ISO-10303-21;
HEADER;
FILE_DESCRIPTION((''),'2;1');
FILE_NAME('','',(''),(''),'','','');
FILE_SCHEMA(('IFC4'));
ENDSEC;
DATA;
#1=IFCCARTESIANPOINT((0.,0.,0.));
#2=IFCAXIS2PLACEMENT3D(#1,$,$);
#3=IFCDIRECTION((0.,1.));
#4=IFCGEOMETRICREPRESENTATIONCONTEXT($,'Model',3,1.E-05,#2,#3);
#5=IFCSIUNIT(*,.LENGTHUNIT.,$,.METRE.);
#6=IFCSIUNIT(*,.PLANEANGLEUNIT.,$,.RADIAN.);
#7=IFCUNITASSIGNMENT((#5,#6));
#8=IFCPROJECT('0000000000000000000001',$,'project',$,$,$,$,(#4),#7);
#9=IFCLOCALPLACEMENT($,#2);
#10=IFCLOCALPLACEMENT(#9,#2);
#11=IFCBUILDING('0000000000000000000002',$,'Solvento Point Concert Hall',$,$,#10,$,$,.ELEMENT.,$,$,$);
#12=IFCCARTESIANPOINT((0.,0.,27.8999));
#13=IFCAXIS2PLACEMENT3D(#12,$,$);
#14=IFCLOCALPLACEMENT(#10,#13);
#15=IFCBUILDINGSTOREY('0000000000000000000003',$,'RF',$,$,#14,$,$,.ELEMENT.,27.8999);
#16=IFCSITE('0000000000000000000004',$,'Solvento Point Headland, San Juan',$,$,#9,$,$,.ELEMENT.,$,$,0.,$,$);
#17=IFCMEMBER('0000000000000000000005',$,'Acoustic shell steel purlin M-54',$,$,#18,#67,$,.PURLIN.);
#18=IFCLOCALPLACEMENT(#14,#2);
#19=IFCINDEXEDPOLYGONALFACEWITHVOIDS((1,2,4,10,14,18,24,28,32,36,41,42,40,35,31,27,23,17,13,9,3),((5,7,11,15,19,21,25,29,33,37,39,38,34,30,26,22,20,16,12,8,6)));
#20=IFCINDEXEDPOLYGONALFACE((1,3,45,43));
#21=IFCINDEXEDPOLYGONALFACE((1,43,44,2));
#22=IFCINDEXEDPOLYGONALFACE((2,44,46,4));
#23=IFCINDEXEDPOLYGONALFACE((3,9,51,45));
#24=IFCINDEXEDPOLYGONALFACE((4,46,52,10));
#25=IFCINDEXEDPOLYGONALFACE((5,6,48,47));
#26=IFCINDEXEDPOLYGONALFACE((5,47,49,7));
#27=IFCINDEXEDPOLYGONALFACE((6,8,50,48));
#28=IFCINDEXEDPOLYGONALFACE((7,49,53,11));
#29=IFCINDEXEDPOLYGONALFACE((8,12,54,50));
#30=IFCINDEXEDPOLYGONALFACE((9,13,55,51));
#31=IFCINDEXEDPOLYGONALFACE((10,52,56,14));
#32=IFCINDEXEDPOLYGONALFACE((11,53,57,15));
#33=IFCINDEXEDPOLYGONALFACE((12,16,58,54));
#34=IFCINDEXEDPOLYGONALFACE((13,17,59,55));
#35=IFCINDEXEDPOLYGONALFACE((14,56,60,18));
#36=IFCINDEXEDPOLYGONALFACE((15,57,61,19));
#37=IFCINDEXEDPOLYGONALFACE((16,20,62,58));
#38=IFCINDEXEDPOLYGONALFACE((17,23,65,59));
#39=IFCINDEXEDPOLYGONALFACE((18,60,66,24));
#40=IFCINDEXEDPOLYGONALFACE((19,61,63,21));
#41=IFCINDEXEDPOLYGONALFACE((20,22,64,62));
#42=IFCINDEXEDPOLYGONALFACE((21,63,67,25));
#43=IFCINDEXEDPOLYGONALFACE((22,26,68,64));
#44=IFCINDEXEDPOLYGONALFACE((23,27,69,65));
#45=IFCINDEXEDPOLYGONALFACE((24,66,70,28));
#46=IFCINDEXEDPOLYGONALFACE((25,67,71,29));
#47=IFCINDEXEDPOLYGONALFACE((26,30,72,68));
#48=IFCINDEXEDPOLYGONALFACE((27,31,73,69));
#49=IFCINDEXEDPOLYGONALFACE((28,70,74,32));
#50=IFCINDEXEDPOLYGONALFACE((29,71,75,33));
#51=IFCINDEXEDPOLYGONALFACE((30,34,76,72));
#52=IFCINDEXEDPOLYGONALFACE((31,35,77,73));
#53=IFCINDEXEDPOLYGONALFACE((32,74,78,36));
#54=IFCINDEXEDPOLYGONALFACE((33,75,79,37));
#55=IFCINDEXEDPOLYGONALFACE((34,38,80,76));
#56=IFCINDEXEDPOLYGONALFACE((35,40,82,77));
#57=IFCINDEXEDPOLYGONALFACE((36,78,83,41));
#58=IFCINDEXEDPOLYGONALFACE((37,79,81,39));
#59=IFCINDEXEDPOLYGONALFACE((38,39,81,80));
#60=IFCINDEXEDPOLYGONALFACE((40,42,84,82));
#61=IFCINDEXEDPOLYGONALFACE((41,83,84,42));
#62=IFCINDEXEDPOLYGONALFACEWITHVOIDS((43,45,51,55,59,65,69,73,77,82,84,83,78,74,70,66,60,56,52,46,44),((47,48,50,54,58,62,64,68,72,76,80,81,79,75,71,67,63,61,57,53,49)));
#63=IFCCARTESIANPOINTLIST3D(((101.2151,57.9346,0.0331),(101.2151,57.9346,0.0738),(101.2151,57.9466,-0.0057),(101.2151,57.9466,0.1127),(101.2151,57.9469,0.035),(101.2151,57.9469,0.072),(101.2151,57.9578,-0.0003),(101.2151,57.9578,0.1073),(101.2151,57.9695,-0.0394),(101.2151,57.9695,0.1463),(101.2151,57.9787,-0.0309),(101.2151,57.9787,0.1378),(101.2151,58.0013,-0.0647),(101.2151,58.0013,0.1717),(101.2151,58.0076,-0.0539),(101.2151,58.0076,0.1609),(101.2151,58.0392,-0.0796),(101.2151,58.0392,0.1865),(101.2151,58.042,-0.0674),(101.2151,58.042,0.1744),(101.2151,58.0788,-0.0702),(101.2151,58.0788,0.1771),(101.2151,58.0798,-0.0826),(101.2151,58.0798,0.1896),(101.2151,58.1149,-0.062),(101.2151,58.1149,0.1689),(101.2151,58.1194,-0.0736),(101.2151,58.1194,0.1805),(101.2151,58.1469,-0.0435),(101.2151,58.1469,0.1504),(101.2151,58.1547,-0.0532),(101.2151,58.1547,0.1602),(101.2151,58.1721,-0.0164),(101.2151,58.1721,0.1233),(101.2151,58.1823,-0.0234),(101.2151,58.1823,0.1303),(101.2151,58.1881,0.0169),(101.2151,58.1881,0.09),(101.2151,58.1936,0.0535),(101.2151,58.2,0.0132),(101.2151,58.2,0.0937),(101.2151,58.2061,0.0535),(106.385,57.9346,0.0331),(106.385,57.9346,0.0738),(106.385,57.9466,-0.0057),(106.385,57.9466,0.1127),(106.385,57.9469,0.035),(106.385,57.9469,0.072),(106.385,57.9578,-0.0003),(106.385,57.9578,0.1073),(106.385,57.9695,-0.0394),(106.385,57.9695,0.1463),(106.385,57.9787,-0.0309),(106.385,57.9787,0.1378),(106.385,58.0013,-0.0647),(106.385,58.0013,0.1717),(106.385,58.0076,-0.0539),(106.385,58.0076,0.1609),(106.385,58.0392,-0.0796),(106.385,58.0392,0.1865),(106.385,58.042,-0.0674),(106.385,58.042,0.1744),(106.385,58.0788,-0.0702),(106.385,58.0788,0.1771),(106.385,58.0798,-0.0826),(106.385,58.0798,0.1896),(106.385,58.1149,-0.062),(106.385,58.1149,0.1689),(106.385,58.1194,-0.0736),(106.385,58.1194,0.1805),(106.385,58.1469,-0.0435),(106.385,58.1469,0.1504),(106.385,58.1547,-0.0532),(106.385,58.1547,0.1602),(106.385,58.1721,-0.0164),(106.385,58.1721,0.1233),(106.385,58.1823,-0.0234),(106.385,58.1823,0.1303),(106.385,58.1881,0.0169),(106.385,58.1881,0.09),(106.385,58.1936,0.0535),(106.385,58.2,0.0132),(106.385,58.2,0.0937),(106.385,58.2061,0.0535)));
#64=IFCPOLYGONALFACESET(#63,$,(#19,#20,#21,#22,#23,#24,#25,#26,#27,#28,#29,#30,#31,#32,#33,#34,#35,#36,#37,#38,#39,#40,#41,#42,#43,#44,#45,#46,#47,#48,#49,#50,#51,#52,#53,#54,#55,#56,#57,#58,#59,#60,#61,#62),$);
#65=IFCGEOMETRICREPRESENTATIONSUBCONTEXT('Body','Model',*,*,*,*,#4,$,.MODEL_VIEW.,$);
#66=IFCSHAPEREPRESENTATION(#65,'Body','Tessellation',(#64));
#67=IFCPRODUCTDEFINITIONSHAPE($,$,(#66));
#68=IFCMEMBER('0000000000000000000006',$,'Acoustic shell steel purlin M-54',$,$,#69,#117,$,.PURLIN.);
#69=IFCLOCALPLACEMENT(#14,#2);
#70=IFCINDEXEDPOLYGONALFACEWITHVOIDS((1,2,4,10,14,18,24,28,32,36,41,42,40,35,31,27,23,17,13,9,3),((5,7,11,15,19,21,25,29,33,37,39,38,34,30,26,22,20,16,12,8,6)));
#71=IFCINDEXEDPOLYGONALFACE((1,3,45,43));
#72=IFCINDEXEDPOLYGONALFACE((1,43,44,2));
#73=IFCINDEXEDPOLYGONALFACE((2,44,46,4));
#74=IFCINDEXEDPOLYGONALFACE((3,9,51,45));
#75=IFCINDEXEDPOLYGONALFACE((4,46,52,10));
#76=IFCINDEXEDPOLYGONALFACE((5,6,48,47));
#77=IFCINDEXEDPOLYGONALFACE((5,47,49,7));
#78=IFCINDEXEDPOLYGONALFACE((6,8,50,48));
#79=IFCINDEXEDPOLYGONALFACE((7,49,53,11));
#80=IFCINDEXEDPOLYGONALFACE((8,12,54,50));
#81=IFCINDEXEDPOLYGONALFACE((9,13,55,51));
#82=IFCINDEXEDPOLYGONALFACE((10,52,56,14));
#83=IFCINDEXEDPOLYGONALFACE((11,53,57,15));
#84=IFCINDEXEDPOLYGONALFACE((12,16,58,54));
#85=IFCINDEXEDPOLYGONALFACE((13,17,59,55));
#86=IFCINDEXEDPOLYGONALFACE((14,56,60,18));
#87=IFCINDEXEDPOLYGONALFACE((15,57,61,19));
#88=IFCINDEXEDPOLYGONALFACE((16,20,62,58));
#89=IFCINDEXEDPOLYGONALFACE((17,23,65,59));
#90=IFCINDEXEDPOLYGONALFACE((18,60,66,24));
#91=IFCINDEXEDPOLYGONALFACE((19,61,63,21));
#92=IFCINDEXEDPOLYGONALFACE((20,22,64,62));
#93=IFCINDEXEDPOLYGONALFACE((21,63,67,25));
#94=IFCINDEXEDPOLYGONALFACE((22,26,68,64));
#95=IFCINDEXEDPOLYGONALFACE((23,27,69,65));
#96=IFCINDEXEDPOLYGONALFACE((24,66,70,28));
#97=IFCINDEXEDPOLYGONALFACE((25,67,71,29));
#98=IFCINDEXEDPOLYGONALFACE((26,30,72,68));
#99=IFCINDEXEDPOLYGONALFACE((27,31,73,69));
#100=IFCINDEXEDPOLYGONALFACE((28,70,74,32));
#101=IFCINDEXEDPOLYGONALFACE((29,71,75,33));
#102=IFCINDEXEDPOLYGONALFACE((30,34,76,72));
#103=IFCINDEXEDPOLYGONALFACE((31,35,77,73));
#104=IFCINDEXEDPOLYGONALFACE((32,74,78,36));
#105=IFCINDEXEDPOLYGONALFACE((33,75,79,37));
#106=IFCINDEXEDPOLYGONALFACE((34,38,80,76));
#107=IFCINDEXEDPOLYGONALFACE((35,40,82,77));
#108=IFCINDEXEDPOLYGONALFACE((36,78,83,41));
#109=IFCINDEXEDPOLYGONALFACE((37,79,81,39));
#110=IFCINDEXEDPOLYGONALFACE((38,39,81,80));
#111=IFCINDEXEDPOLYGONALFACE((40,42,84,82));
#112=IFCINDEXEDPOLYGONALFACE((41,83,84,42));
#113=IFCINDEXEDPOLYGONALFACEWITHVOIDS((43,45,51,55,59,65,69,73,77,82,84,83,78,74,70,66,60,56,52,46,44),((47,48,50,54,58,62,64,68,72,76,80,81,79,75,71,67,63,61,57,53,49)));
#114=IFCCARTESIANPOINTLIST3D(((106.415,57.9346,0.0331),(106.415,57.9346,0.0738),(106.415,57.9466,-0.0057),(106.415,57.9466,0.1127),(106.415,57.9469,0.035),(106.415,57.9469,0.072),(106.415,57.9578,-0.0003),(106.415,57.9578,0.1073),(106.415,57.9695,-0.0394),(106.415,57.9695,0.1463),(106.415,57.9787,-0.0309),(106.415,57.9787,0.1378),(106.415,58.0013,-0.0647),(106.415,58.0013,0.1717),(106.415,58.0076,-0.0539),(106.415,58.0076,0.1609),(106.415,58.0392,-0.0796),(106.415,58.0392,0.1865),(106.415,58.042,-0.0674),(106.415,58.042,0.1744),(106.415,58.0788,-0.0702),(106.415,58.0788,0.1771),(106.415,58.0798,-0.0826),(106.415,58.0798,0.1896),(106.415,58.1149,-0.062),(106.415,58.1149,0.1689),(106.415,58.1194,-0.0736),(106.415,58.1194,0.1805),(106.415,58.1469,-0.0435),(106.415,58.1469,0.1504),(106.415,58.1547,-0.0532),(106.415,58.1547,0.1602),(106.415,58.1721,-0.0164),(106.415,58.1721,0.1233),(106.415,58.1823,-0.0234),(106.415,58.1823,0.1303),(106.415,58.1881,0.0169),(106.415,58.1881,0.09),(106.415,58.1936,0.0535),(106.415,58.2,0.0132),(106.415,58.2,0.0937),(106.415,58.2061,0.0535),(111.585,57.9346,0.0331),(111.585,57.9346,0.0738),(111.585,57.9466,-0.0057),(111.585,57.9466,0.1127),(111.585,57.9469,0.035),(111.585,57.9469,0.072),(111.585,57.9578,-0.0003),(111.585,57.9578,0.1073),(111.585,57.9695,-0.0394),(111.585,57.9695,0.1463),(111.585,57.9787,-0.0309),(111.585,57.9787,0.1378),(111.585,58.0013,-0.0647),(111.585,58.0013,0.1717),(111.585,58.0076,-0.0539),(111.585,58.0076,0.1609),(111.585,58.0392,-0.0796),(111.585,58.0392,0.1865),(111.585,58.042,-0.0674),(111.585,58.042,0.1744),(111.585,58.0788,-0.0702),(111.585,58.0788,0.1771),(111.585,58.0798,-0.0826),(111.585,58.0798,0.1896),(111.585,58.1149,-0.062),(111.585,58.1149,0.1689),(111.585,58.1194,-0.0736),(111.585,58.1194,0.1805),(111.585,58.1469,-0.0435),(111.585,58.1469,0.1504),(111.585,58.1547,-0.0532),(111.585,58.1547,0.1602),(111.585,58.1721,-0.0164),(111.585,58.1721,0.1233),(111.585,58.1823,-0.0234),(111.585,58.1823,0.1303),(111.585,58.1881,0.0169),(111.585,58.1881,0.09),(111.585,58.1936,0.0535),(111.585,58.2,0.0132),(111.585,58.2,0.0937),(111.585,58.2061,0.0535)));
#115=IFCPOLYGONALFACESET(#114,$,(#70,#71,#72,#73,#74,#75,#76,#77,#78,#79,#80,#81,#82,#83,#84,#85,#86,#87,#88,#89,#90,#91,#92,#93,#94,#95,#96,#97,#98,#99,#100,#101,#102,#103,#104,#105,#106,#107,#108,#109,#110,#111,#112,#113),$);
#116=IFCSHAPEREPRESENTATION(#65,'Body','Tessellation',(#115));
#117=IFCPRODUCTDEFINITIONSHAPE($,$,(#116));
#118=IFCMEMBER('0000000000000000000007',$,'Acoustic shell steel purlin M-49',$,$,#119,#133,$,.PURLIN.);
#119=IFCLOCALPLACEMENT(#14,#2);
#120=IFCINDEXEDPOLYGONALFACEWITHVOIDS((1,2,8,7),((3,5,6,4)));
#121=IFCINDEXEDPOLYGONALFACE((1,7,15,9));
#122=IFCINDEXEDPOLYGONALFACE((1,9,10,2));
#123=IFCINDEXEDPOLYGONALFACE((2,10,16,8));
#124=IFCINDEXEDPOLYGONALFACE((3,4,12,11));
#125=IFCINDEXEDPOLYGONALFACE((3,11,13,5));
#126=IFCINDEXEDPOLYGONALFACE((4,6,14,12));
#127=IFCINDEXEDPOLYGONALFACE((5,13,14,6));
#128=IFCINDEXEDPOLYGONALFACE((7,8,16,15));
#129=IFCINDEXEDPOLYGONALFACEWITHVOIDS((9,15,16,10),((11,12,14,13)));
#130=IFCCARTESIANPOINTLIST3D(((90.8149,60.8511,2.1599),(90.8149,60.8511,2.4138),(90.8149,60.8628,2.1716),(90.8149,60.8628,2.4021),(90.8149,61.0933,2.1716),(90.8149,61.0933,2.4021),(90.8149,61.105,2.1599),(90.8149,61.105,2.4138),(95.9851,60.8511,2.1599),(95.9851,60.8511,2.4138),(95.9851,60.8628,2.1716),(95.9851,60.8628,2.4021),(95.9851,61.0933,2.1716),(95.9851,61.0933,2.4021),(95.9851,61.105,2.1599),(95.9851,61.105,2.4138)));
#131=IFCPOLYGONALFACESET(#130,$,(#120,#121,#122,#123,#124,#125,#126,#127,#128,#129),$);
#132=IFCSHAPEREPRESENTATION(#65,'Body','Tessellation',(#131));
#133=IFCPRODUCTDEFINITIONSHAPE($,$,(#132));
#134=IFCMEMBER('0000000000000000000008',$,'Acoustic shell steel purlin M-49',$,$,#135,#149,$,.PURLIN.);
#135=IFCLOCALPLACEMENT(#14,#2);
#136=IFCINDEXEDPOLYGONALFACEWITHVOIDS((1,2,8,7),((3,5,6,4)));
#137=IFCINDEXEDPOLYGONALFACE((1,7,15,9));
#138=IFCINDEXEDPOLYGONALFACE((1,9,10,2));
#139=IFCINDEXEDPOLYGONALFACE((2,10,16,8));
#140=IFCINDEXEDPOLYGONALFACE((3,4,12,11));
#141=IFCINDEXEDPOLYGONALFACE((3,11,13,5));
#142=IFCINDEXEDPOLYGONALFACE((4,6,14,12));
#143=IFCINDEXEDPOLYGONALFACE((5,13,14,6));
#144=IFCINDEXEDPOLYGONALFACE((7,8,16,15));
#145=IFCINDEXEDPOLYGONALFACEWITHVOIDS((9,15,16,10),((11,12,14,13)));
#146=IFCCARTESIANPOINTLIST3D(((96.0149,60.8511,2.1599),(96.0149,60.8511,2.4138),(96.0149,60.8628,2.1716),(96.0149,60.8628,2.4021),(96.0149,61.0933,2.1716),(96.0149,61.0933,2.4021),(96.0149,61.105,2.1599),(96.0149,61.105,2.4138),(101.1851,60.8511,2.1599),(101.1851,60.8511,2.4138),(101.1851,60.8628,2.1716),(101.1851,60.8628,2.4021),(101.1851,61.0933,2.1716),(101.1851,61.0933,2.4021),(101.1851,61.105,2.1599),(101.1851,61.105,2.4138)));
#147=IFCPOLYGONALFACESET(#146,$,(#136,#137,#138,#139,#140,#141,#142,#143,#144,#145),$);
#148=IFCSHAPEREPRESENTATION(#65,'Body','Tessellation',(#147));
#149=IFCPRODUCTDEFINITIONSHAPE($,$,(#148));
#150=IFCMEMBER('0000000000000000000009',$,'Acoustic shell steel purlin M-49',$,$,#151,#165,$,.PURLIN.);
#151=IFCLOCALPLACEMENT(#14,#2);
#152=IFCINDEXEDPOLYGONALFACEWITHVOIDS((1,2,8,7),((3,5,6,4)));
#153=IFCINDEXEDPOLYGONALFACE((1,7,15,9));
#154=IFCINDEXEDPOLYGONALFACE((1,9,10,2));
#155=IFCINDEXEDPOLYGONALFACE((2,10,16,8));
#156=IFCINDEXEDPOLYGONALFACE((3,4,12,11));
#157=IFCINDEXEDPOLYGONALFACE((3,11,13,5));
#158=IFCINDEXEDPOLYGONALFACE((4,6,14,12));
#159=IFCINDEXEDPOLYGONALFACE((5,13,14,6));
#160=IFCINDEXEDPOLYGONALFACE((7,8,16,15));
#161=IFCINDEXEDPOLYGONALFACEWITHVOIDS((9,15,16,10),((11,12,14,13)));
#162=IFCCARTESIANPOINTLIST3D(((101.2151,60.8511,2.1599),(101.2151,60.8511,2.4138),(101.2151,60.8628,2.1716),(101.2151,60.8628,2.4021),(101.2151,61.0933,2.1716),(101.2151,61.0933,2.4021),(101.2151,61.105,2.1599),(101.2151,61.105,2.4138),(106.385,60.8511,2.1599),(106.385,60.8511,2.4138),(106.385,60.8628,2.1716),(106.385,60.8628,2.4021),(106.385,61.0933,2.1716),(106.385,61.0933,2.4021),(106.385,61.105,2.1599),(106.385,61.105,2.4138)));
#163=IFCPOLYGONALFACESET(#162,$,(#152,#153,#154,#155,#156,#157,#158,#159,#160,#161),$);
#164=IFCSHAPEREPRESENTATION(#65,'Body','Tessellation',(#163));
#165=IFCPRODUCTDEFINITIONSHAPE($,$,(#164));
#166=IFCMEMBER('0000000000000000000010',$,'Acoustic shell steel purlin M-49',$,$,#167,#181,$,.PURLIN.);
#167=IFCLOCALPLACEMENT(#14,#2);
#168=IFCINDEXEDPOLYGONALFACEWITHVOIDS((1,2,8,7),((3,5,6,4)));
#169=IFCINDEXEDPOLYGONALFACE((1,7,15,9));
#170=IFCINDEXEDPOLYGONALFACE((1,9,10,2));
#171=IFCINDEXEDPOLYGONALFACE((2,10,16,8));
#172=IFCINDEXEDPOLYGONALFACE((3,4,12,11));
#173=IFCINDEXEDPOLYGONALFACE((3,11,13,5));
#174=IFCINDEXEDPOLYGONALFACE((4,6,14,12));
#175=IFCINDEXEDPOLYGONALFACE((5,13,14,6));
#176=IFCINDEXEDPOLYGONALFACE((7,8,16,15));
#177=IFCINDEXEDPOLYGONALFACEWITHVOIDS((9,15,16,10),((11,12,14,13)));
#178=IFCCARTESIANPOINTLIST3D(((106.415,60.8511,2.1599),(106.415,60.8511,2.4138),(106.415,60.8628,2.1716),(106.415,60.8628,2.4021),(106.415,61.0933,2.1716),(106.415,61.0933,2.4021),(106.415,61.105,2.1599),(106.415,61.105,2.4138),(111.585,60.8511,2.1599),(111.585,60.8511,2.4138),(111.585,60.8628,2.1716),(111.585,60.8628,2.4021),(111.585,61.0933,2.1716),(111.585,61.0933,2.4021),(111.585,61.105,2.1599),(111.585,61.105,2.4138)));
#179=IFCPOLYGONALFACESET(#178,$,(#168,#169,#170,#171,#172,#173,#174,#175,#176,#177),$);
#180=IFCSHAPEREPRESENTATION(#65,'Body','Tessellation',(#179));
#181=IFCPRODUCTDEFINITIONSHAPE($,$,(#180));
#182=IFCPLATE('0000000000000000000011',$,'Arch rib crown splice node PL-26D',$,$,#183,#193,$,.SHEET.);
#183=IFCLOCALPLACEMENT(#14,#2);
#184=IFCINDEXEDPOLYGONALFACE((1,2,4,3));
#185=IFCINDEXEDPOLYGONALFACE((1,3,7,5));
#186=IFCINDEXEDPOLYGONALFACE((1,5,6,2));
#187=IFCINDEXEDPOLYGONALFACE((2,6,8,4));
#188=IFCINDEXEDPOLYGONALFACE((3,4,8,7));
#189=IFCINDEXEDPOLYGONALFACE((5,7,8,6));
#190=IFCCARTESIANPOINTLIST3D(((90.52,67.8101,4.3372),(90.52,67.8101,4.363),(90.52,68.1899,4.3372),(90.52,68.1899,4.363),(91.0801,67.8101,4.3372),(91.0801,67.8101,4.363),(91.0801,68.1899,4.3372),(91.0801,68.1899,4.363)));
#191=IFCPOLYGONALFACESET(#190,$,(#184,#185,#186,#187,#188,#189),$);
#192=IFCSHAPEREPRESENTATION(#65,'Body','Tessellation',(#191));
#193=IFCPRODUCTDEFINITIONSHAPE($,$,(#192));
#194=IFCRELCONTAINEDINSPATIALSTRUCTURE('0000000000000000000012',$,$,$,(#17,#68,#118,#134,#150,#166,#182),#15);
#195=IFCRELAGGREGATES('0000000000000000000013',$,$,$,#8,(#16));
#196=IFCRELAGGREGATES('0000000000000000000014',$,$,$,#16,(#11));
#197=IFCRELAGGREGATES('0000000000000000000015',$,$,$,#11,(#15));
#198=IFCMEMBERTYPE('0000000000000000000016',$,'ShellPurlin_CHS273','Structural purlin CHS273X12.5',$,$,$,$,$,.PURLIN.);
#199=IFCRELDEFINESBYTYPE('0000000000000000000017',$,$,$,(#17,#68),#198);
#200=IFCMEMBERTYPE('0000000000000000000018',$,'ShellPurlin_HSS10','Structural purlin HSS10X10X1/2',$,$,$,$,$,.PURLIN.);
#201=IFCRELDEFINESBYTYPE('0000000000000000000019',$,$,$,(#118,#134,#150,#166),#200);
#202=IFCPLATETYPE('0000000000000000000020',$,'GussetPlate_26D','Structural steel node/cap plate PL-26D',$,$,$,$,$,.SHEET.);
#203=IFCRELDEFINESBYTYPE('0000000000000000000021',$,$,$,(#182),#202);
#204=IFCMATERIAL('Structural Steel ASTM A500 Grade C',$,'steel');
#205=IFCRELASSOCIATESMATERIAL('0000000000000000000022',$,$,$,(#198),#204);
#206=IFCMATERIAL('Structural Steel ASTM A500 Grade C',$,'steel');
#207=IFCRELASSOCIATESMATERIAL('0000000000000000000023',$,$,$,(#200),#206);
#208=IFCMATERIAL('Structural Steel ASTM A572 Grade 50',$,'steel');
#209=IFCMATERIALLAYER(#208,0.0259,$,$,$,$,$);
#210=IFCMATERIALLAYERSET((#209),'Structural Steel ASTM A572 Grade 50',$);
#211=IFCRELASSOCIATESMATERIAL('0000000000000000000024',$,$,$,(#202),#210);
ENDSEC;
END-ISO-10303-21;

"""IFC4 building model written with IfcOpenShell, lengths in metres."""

from ifc_helpers import new_model, si_unit, direction, frame, origin, origin_2d, place, context, subcontext, project, spatial, rectangle, hollow_rectangle, hollow_circle, extrude, material, layer, layer_set, material_profile, profile_set, type_object, element, save


model = new_model("IFC4")

# Units and contexts
model_context = context("Model", 3, precision=1e-05, world=origin(), true_north=direction((0.0, 1.0)))
body_context = subcontext(model_context, "Body", "Model", "MODEL_VIEW")
ifc_project = project(units=[si_unit("LENGTHUNIT", "METRE"), si_unit("PLANEANGLEUNIT", "RADIAN")], contexts=[model_context])

# Site, building, storey
site_placement = place(None, origin())
site = spatial("IfcSite", under=ifc_project, at=site_placement, Name="Solvento Point Headland, San Juan", CompositionType="ELEMENT", RefElevation=0.0)
building_placement = place(site_placement, origin())
building = spatial("IfcBuilding", under=site, at=building_placement, Name="Solvento Point Concert Hall", CompositionType="ELEMENT")
storey_placement = place(building_placement, frame((0.0, 0.0, 27.8999)))
storey = spatial("IfcBuildingStorey", under=building, at=storey_placement, Name="RF", CompositionType="ELEMENT", Elevation=27.8999)

# Members
ifc_material_1 = material(Name="Structural Steel ASTM A500 Grade C", Category="steel")
ifc_material_profile_1 = material_profile(ifc_material_1, hollow_circle(Radius=0.1365, WallThickness=0.0125, at=origin_2d()), Name="CHS273X12.5")
ifc_profile_set_1 = profile_set([ifc_material_profile_1], Name="Structural Steel ASTM A500 Grade C")
member_type_1 = type_object("IfcMemberType", Name="ShellPurlin_CHS273", Description="Structural purlin CHS273X12.5", PredefinedType="PURLIN", material=ifc_profile_set_1)
for number, where, z_axis, x_axis, name in (
    (1, (101.2151, 58.0696, 0.0535), (1.0, 0.0, 0.0), (0.0, 1.0, 0.0), "Acoustic shell steel purlin M-54"),
    (2, (106.415, 58.0696, 0.0535), (1.0, 0.0, 0.0), (0.0, 1.0, 0.0), "Acoustic shell steel purlin M-54"),
):
    element("IfcMember", number, at=place(storey_placement, frame(where, z_axis=z_axis, x_axis=x_axis)), inside=storey, type_object=member_type_1, Name=name, PredefinedType="PURLIN", context=body_context, shape_type="SweptSolid", body=[
        extrude(hollow_circle(Radius=0.1365, WallThickness=0.0125, at=origin_2d()), origin(), (0.0, 0.0, 1.0), 5.1699),
    ])
ifc_material_2 = material(Name="Structural Steel ASTM A500 Grade C", Category="steel")
ifc_material_profile_2 = material_profile(ifc_material_2, hollow_rectangle(XDim=0.2539, YDim=0.2539, WallThickness=0.0117, at=origin_2d()), Name="HSS10X10X1/2")
ifc_profile_set_2 = profile_set([ifc_material_profile_2], Name="Structural Steel ASTM A500 Grade C")
member_type_2 = type_object("IfcMemberType", Name="ShellPurlin_HSS10", Description="Structural purlin HSS10X10X1/2", PredefinedType="PURLIN", material=ifc_profile_set_2)
for number, where, z_axis, x_axis, name in (
    (3, (90.8149, 60.978, 2.2869), (1.0, 0.0, 0.0), (0.0, 1.0, 0.0), "Acoustic shell steel purlin M-49"),
    (4, (96.0149, 60.978, 2.2869), (1.0, 0.0, 0.0), (0.0, 1.0, 0.0), "Acoustic shell steel purlin M-49"),
):
    element("IfcMember", number, at=place(storey_placement, frame(where, z_axis=z_axis, x_axis=x_axis)), inside=storey, type_object=member_type_2, Name=name, PredefinedType="PURLIN", context=body_context, shape_type="SweptSolid", body=[
        extrude(hollow_rectangle(XDim=0.2539, YDim=0.2539, WallThickness=0.0117, at=origin_2d()), origin(), (0.0, 0.0, 1.0), 5.1702),
    ])
for number, where, z_axis, x_axis, name in (
    (5, (101.2151, 60.978, 2.2869), (1.0, 0.0, 0.0), (0.0, 1.0, 0.0), "Acoustic shell steel purlin M-49"),
    (6, (106.415, 60.978, 2.2869), (1.0, 0.0, 0.0), (0.0, 1.0, 0.0), "Acoustic shell steel purlin M-49"),
):
    element("IfcMember", number, at=place(storey_placement, frame(where, z_axis=z_axis, x_axis=x_axis)), inside=storey, type_object=member_type_2, Name=name, PredefinedType="PURLIN", context=body_context, shape_type="SweptSolid", body=[
        extrude(hollow_rectangle(XDim=0.2539, YDim=0.2539, WallThickness=0.0117, at=origin_2d()), origin(), (0.0, 0.0, 1.0), 5.1699),
    ])

# Plate
ifc_material_3 = material(Name="Structural Steel ASTM A572 Grade 50", Category="steel")
ifc_layer_1 = layer(ifc_material_3, 0.0259)
ifc_layer_set_1 = layer_set([ifc_layer_1], Name="Structural Steel ASTM A572 Grade 50")
plate_type_1 = type_object("IfcPlateType", Name="GussetPlate_26D", Description="Structural steel node/cap plate PL-26D", PredefinedType="SHEET", material=ifc_layer_set_1)
plate_placement = place(storey_placement, frame((90.8, 68.0, 4.3372), z_axis=(0.0, 0.0, 1.0), x_axis=(1.0, 0.0, 0.0)))
element("IfcPlate", 7, at=plate_placement, inside=storey, type_object=plate_type_1, Name="Arch rib crown splice node PL-26D", PredefinedType="SHEET", context=body_context, shape_type="SweptSolid", body=[
    extrude(rectangle(XDim=0.5601, YDim=0.3799, at=origin_2d()), origin(), (0.0, 0.0, 1.0), 0.0259),
])

save(model, "model.ifc")
